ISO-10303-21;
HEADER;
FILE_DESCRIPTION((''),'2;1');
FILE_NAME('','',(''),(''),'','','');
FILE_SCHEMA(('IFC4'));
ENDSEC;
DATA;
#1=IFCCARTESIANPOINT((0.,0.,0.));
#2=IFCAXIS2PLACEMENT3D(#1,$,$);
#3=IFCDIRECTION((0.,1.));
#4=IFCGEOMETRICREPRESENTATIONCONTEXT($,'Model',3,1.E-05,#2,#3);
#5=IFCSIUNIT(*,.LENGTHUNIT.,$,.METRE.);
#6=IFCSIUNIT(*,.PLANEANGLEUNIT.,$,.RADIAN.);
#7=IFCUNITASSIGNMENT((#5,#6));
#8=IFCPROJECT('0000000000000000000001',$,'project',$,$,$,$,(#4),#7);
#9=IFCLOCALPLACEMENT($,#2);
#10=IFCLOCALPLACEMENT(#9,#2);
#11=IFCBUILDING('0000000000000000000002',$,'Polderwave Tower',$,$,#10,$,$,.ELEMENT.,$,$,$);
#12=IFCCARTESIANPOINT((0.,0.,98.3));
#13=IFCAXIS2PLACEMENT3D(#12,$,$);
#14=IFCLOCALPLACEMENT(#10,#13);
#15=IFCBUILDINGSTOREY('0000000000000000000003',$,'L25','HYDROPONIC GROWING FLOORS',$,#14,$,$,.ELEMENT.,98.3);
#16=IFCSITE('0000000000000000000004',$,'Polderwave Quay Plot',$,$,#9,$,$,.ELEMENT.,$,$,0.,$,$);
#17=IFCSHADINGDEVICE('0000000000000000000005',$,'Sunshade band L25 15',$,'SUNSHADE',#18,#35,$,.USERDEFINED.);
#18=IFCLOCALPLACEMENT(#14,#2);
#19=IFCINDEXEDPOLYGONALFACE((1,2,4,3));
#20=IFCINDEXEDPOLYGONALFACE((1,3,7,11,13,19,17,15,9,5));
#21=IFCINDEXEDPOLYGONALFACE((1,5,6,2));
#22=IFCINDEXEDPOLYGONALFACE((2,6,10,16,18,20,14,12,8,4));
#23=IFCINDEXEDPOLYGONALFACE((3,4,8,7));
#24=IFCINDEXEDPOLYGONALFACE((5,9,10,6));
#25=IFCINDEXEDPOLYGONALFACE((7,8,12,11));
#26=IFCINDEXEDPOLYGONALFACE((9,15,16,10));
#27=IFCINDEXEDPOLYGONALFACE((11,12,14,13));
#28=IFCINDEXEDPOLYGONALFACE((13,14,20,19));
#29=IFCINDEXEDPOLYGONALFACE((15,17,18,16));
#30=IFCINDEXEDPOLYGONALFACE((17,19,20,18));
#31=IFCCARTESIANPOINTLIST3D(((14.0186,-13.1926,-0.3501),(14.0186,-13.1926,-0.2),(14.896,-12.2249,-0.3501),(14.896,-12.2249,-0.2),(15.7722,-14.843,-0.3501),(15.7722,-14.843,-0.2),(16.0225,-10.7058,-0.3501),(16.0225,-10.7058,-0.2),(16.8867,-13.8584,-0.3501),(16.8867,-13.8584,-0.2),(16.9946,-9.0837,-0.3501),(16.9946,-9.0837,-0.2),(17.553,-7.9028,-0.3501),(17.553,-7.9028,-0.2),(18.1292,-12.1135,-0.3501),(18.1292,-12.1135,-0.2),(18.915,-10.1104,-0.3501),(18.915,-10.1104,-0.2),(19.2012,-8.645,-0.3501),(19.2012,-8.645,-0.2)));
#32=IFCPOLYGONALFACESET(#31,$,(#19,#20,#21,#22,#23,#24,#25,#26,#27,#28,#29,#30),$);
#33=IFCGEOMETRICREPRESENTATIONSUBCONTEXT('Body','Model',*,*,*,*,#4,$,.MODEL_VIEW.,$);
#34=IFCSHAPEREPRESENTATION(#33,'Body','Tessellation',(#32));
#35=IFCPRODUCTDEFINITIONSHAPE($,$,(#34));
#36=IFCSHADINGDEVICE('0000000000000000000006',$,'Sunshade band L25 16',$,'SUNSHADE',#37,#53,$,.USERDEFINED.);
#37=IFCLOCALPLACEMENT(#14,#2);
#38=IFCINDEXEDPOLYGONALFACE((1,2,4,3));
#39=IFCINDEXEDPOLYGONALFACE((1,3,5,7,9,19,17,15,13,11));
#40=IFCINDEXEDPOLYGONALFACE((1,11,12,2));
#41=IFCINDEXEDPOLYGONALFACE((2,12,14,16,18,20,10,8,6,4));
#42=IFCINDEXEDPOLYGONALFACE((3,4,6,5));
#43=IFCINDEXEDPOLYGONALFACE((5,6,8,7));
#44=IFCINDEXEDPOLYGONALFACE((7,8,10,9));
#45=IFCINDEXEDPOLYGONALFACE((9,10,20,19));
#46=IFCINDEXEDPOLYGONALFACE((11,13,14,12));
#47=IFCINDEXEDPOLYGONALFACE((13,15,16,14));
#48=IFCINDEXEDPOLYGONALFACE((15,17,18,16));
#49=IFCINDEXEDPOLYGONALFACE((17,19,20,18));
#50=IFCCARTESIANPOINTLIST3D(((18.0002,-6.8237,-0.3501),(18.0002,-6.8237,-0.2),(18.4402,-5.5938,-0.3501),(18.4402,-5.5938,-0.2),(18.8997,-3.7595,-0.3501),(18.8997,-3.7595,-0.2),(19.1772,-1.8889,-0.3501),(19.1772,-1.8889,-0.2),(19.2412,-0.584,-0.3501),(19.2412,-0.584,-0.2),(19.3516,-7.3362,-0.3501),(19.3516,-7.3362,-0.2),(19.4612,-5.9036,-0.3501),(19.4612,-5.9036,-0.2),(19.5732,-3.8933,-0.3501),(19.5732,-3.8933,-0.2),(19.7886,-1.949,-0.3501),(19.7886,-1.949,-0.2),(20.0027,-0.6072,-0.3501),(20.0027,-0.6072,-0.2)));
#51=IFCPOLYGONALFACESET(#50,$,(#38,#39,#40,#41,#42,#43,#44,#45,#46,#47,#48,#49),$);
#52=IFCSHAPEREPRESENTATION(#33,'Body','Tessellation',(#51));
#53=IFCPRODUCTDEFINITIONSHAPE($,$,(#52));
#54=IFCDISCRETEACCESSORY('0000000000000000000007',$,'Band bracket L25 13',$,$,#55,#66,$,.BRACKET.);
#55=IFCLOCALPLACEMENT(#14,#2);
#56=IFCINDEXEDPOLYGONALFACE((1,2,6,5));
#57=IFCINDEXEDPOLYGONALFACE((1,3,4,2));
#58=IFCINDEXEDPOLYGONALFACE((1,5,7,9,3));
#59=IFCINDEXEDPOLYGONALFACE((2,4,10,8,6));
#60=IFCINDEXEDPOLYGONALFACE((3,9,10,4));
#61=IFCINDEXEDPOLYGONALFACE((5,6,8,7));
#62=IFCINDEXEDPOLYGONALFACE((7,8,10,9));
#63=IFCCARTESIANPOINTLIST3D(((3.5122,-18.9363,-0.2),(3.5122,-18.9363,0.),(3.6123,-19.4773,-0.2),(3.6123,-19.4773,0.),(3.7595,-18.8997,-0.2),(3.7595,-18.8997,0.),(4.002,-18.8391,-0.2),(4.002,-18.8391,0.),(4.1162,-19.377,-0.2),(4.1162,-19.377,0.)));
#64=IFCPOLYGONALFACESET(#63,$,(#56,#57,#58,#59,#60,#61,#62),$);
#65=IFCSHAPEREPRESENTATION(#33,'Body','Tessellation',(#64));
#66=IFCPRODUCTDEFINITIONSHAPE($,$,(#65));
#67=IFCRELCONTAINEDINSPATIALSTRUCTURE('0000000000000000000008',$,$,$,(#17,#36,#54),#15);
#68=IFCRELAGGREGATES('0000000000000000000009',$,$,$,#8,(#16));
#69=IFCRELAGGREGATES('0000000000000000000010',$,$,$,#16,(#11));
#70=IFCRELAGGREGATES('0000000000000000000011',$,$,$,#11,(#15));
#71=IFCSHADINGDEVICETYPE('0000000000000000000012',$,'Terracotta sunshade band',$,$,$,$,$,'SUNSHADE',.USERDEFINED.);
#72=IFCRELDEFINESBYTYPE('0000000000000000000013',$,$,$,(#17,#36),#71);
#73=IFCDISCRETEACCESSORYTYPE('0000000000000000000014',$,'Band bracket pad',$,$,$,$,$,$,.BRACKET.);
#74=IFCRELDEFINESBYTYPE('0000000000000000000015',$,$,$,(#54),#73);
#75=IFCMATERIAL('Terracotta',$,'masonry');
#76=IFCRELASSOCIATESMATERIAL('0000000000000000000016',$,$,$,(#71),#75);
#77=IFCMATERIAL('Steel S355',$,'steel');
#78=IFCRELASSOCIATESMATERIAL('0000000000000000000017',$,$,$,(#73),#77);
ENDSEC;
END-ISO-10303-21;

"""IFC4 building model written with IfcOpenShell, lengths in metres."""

from ifc_helpers import new_model, si_unit, direction, frame, origin, place, context, subcontext, project, spatial, polyline, outline, extrude, material, type_object, element, save


model = new_model("IFC4")

# Units and contexts
model_context = context("Model", 3, precision=1e-05, world=origin(), true_north=direction((0.0, 1.0)))
body_context = subcontext(model_context, "Body", "Model", "MODEL_VIEW")
ifc_project = project(units=[si_unit("LENGTHUNIT", "METRE"), si_unit("PLANEANGLEUNIT", "RADIAN")], contexts=[model_context])

# Site, building, storey
site_placement = place(None, origin())
site = spatial("IfcSite", under=ifc_project, at=site_placement, Name="Polderwave Quay Plot", CompositionType="ELEMENT", RefElevation=0.0)
building_placement = place(site_placement, origin())
building = spatial("IfcBuilding", under=site, at=building_placement, Name="Polderwave Tower", CompositionType="ELEMENT")
storey_placement = place(building_placement, frame((0.0, 0.0, 98.3)))
storey = spatial("IfcBuildingStorey", under=building, at=storey_placement, Name="L25", Description="HYDROPONIC GROWING FLOORS", CompositionType="ELEMENT", Elevation=98.3)

# Shading devices
ifc_material_1 = material(Name="Terracotta", Category="masonry")
shading_device_type = type_object("IfcShadingDeviceType", Name="Terracotta sunshade band", ElementType="SUNSHADE", PredefinedType="USERDEFINED", material=ifc_material_1)
shading_device_1_placement = place(storey_placement, frame((0.0, 0.0, -0.3501)))
element("IfcShadingDevice", 1, at=shading_device_1_placement, inside=storey, type_object=shading_device_type, Name="Sunshade band L25 15", ObjectType="SUNSHADE", PredefinedType="USERDEFINED", context=body_context, shape_type="SweptSolid", body=[
    extrude(outline(polyline([(14.0186, -13.1926), (14.896, -12.2249), (16.0225, -10.7058), (16.9946, -9.0837), (17.553, -7.9028), (19.2012, -8.645), (18.915, -10.1104), (18.1292, -12.1135), (16.8867, -13.8584), (15.7722, -14.843), (14.0186, -13.1926)])), origin(), (0.0, 0.0, 1.0), 0.1501),
])
shading_device_2_placement = place(storey_placement, frame((0.0, 0.0, -0.3501)))
element("IfcShadingDevice", 2, at=shading_device_2_placement, inside=storey, type_object=shading_device_type, Name="Sunshade band L25 16", ObjectType="SUNSHADE", PredefinedType="USERDEFINED", context=body_context, shape_type="SweptSolid", body=[
    extrude(outline(polyline([(18.0002, -6.8237), (18.4402, -5.5938), (18.8997, -3.7595), (19.1772, -1.8889), (19.2412, -0.584), (20.0027, -0.6072), (19.7886, -1.949), (19.5732, -3.8933), (19.4612, -5.9036), (19.3516, -7.3362), (18.0002, -6.8237)])), origin(), (0.0, 0.0, 1.0), 0.1501),
])

# Discrete accessory
ifc_material_2 = material(Name="Steel S355", Category="steel")
discrete_accessory_type = type_object("IfcDiscreteAccessoryType", Name="Band bracket pad", PredefinedType="BRACKET", material=ifc_material_2)
discrete_accessory_placement = place(storey_placement, frame((0.0, 0.0, -0.2)))
element("IfcDiscreteAccessory", 3, at=discrete_accessory_placement, inside=storey, type_object=discrete_accessory_type, Name="Band bracket L25 13", PredefinedType="BRACKET", context=body_context, shape_type="SweptSolid", body=[
    extrude(outline(polyline([(3.5122, -18.9363), (3.7595, -18.8997), (4.002, -18.8391), (4.1162, -19.377), (3.6123, -19.4773), (3.5122, -18.9363)])), origin(), (0.0, 0.0, 1.0), 0.2),
])

save(model, "model.ifc")
